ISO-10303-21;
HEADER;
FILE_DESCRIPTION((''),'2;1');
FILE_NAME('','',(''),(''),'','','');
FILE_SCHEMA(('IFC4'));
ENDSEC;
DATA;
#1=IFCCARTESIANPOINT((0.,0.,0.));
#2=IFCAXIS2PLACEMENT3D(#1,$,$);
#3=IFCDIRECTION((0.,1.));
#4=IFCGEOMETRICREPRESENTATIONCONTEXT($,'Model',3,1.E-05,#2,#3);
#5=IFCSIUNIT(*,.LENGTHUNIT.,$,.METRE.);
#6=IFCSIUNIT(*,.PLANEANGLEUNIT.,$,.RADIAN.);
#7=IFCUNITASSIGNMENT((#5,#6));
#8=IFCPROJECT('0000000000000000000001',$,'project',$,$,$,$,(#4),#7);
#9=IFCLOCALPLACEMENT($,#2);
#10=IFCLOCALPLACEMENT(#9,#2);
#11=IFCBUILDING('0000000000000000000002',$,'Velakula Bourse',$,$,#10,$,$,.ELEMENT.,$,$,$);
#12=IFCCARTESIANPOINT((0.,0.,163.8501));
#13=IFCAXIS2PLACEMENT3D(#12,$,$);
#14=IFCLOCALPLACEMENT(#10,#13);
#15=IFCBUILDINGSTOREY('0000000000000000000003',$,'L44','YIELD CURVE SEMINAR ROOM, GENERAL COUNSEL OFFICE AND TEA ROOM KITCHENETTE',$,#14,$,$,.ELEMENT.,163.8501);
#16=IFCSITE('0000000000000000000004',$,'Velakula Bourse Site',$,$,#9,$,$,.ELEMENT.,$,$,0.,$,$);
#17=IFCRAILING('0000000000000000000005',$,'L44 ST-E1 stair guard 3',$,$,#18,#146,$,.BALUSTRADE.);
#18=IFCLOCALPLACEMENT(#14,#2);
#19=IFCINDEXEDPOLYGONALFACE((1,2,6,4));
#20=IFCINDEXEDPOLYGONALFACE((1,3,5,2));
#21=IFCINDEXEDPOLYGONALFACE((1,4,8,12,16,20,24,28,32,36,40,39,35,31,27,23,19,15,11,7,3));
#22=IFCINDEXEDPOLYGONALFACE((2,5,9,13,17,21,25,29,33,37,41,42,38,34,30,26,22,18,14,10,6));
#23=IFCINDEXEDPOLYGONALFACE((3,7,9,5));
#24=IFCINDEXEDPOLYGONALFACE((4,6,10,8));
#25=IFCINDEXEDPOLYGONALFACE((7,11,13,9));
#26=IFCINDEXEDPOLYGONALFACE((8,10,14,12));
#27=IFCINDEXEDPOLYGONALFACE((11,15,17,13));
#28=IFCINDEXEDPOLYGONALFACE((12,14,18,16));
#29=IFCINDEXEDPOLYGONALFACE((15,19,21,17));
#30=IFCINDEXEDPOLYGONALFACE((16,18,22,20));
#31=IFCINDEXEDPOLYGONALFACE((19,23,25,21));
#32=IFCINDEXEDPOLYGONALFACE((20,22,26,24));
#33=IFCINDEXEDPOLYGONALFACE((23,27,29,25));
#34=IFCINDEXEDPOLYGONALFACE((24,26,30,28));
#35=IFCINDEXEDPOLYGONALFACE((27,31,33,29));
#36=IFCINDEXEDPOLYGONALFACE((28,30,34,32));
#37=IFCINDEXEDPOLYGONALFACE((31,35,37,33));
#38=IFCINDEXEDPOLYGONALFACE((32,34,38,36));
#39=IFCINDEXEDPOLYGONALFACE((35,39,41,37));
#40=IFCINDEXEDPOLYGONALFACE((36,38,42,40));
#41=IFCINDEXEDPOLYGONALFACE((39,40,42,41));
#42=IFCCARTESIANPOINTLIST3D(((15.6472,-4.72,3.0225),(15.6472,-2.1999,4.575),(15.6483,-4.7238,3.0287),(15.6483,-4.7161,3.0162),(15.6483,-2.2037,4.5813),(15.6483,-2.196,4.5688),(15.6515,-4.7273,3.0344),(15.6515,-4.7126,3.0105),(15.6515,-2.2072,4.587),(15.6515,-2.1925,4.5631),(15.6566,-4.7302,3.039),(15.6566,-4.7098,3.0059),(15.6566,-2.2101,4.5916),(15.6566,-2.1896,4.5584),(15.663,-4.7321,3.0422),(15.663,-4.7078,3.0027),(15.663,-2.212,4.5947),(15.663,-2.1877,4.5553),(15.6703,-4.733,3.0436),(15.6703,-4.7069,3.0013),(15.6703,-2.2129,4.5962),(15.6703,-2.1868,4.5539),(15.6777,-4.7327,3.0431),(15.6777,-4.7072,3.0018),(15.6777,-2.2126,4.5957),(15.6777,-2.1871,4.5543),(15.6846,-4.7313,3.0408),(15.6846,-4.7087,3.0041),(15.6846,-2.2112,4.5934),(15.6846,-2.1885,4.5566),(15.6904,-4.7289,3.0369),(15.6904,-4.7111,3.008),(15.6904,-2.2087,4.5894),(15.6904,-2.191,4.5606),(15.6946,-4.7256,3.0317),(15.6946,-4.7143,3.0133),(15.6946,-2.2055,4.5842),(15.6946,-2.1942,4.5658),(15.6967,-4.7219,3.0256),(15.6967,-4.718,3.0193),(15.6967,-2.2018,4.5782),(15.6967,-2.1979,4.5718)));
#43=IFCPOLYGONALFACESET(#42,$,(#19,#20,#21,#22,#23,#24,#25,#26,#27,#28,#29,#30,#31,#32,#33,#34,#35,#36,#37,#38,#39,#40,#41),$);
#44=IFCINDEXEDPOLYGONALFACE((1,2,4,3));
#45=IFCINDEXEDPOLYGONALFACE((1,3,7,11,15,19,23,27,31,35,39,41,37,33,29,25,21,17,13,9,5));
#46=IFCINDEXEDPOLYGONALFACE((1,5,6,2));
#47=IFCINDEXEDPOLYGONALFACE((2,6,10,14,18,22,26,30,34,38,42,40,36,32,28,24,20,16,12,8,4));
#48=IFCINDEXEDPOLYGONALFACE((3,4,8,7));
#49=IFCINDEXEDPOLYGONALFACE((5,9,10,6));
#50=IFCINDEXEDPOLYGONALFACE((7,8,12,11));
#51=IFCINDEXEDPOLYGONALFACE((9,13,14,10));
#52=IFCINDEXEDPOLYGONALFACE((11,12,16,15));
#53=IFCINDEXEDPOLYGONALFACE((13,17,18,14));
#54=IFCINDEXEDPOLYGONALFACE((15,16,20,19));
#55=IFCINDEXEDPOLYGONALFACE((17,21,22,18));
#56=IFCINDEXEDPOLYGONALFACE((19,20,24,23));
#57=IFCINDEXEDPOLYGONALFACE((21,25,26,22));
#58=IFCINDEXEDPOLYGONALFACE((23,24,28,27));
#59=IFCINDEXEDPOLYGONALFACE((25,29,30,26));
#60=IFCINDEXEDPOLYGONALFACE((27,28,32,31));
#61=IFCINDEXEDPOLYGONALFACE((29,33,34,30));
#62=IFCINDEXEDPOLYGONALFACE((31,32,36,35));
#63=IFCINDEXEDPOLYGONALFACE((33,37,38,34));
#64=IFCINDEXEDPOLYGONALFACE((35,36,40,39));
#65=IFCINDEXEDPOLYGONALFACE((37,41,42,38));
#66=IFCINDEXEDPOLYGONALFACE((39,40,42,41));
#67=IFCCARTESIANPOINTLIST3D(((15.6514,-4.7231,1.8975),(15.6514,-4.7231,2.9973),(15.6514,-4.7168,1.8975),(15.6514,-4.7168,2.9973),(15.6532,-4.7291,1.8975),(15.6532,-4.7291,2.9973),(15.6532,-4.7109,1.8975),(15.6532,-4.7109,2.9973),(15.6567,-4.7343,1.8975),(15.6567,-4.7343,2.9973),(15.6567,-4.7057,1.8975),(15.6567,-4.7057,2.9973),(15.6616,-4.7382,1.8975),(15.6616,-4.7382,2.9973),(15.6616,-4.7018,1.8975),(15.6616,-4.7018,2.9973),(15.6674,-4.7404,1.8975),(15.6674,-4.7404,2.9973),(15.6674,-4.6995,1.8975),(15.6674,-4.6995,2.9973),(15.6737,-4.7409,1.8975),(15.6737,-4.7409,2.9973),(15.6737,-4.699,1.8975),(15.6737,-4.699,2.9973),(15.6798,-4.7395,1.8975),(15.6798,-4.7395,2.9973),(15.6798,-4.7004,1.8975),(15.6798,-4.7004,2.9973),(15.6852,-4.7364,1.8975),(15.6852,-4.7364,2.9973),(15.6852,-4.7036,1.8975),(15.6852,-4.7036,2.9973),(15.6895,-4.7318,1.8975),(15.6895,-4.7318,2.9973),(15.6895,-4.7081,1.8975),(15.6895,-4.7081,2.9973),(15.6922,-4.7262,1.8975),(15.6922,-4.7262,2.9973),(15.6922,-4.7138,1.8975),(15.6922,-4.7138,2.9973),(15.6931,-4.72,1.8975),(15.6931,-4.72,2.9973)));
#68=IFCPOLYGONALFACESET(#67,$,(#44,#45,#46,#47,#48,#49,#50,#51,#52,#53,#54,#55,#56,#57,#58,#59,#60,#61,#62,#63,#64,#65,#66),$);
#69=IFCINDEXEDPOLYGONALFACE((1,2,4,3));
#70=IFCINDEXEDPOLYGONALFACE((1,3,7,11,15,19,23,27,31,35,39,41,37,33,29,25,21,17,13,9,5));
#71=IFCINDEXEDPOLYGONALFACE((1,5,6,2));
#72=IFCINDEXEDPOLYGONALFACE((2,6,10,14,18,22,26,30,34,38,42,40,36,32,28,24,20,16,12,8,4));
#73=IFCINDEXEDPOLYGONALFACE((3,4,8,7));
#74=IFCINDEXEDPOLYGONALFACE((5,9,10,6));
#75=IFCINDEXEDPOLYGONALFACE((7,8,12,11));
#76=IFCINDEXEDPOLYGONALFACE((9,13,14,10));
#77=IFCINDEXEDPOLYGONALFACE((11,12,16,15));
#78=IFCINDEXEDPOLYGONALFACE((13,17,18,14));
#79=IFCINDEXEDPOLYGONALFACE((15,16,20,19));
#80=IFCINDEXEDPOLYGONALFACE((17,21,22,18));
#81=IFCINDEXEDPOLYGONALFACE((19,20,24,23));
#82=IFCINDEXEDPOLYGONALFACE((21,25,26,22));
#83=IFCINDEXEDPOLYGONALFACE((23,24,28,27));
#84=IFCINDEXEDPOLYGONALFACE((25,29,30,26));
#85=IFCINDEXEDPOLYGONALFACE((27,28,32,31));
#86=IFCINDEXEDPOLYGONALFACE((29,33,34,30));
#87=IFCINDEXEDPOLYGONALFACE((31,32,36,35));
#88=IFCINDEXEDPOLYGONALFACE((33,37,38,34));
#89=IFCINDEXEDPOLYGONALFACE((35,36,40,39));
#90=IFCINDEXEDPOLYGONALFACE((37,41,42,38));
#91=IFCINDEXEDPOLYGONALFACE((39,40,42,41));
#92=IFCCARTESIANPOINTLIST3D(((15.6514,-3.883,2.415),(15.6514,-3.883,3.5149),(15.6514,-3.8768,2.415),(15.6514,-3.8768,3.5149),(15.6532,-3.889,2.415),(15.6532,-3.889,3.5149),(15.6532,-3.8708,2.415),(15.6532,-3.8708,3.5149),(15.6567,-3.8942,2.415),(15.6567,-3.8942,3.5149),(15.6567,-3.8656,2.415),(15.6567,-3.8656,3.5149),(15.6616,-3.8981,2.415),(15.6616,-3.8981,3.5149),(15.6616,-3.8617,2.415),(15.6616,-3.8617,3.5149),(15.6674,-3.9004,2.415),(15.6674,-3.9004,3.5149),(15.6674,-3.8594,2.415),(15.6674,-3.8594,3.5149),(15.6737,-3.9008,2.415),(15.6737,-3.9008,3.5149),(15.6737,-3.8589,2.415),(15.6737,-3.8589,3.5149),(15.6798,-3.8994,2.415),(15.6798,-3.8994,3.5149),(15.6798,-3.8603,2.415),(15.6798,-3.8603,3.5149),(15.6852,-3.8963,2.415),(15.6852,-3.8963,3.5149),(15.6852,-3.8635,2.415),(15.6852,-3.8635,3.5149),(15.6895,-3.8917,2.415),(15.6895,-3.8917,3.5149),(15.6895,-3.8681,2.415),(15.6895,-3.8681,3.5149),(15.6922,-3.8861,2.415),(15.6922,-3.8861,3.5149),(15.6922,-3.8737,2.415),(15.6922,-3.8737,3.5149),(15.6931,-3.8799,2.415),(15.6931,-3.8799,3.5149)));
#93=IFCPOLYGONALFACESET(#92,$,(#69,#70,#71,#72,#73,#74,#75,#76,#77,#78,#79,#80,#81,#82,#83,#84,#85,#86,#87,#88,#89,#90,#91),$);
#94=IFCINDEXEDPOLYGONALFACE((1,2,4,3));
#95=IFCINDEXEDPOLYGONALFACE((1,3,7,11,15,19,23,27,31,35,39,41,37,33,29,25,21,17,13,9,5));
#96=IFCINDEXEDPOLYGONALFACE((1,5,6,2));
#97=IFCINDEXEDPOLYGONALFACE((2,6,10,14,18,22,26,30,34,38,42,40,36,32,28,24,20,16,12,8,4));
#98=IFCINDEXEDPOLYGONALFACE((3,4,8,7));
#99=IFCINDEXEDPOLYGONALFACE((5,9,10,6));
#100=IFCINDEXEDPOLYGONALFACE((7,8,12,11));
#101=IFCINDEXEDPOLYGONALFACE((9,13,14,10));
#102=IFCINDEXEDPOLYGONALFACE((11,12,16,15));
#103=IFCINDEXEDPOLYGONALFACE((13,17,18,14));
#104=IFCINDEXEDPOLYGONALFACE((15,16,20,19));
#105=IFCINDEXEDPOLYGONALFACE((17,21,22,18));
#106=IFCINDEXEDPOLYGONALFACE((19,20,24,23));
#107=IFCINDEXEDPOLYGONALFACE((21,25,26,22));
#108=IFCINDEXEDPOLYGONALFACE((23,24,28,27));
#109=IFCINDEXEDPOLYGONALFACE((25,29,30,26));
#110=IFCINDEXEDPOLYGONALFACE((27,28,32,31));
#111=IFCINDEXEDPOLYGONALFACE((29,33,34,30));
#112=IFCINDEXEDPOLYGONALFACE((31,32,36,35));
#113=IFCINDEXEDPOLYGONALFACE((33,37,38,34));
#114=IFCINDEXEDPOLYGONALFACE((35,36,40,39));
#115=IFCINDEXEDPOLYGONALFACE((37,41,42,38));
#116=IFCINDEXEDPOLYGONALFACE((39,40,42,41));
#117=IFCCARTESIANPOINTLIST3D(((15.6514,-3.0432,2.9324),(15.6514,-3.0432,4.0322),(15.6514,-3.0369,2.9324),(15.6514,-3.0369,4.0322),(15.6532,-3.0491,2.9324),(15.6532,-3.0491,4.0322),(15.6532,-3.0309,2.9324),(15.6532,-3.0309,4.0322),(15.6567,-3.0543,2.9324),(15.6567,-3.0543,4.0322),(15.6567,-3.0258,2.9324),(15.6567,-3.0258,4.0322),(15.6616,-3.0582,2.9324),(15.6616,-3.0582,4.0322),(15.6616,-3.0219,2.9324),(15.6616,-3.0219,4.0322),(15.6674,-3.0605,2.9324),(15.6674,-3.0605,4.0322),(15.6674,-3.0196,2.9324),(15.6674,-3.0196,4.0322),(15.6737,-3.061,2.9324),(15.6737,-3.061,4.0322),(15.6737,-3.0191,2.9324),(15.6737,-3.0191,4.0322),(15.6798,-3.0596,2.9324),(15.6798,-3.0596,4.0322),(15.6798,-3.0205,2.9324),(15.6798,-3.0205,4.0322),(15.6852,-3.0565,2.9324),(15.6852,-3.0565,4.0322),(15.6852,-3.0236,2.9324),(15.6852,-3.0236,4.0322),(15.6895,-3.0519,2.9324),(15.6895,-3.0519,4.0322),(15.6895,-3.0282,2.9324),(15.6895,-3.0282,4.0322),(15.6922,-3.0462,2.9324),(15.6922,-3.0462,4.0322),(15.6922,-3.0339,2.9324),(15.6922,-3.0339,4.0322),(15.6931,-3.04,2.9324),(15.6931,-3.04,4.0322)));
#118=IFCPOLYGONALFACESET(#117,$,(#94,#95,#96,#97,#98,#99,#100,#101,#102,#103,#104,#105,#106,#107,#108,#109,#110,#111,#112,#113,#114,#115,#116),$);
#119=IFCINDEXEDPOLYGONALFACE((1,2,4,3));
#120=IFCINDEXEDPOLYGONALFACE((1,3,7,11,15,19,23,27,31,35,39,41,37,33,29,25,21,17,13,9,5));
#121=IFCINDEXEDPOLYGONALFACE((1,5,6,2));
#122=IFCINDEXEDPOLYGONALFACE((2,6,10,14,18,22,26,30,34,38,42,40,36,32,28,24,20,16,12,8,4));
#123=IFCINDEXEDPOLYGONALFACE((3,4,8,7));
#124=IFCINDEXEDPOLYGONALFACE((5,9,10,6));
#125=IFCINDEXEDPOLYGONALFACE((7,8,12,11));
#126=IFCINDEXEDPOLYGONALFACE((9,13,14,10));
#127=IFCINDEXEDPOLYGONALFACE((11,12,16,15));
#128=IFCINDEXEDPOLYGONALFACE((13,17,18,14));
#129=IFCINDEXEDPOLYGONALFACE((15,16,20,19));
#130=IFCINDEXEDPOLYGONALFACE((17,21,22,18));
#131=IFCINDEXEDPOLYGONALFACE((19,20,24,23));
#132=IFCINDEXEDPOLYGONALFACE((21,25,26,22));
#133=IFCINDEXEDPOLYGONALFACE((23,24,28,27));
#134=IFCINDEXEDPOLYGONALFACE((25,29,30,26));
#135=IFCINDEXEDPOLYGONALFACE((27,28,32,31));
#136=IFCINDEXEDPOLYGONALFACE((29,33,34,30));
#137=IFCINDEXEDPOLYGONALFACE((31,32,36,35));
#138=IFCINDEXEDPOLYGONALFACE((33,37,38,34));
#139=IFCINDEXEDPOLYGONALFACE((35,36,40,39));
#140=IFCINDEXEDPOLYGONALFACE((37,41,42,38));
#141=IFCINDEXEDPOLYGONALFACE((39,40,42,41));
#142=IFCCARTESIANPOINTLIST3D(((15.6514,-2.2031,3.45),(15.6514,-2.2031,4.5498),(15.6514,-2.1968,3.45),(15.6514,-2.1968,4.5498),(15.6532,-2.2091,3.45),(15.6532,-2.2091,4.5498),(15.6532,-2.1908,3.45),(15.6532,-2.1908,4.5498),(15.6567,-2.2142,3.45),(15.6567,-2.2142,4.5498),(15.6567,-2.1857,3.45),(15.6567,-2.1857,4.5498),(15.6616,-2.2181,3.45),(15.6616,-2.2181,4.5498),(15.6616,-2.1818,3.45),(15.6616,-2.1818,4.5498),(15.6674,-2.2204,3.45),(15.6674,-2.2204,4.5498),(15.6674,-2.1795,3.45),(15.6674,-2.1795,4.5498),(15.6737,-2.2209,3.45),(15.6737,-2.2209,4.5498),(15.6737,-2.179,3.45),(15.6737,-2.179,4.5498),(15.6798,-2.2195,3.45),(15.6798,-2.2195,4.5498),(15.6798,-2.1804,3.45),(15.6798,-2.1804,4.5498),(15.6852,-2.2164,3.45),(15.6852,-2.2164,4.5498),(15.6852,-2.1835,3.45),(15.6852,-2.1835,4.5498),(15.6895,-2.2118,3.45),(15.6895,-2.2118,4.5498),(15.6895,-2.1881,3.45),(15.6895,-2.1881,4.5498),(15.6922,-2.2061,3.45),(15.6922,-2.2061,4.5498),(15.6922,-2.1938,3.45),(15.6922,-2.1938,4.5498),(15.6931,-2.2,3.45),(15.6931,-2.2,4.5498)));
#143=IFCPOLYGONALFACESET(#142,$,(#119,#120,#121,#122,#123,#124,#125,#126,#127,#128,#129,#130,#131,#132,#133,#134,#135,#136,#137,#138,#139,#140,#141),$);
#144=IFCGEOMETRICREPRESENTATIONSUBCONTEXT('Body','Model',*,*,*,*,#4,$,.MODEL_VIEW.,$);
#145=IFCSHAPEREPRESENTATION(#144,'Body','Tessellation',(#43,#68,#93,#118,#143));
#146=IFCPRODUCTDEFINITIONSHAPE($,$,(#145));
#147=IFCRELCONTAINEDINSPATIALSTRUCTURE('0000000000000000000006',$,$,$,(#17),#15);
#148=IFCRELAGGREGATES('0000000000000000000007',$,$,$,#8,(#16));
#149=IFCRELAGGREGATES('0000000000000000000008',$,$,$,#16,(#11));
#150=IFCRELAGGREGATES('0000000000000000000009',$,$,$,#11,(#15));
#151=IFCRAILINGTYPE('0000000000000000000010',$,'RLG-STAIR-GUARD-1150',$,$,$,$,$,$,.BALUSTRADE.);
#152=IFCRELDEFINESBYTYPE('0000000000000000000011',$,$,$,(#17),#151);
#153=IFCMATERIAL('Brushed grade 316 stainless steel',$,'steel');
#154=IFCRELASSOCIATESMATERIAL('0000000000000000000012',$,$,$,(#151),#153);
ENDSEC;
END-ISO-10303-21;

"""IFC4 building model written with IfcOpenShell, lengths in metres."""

from ifc_helpers import new_model, si_unit, direction, frame, origin, origin_2d, place, context, subcontext, project, spatial, circle, extrude, material, type_object, element, save


model = new_model("IFC4")

# Units and contexts
model_context = context("Model", 3, precision=1e-05, world=origin(), true_north=direction((0.0, 1.0)))
body_context = subcontext(model_context, "Body", "Model", "MODEL_VIEW")
ifc_project = project(units=[si_unit("LENGTHUNIT", "METRE"), si_unit("PLANEANGLEUNIT", "RADIAN")], contexts=[model_context])

# Site, building, storey
site_placement = place(None, origin())
site = spatial("IfcSite", under=ifc_project, at=site_placement, Name="Velakula Bourse Site", CompositionType="ELEMENT", RefElevation=0.0)
building_placement = place(site_placement, origin())
building = spatial("IfcBuilding", under=site, at=building_placement, Name="Velakula Bourse", CompositionType="ELEMENT")
storey_placement = place(building_placement, frame((0.0, 0.0, 163.8501)))
storey = spatial("IfcBuildingStorey", under=building, at=storey_placement, Name="L44", Description="YIELD CURVE SEMINAR ROOM, GENERAL COUNSEL OFFICE AND TEA ROOM KITCHENETTE", CompositionType="ELEMENT", Elevation=163.8501)

# Railing
ifc_material_1 = material(Name="Brushed grade 316 stainless steel", Category="steel")
railing_type_1 = type_object("IfcRailingType", Name="RLG-STAIR-GUARD-1150", PredefinedType="BALUSTRADE", material=ifc_material_1)
railing_1_placement = place(storey_placement, frame((15.6721, -4.72, 1.8975)))
element("IfcRailing", 1, at=railing_1_placement, inside=storey, type_object=railing_type_1, Name="L44 ST-E1 stair guard 3", PredefinedType="BALUSTRADE", context=body_context, shape_type="SweptSolid", body=[
    extrude(circle(Radius=0.0249, at=origin_2d()), frame((0.0, 0.0, 1.125), z_axis=(0.0, 0.8514, 0.524516), x_axis=(-1.0, 0.0, 0.0)), (0.0, 0.0, 1.0), 2.96),
    extrude(circle(Radius=0.021, at=origin_2d()), origin(), (0.0, 0.0, 1.0), 1.0999),
    extrude(circle(Radius=0.021, at=origin_2d()), frame((0.0, 0.8401, 0.5176)), (0.0, 0.0, 1.0), 1.0999),
    extrude(circle(Radius=0.021, at=origin_2d()), frame((0.0, 1.6799, 1.0349)), (0.0, 0.0, 1.0), 1.0999),
    extrude(circle(Radius=0.021, at=origin_2d()), frame((0.0, 2.52, 1.5525)), (0.0, 0.0, 1.0), 1.0999),
])

save(model, "model.ifc")
